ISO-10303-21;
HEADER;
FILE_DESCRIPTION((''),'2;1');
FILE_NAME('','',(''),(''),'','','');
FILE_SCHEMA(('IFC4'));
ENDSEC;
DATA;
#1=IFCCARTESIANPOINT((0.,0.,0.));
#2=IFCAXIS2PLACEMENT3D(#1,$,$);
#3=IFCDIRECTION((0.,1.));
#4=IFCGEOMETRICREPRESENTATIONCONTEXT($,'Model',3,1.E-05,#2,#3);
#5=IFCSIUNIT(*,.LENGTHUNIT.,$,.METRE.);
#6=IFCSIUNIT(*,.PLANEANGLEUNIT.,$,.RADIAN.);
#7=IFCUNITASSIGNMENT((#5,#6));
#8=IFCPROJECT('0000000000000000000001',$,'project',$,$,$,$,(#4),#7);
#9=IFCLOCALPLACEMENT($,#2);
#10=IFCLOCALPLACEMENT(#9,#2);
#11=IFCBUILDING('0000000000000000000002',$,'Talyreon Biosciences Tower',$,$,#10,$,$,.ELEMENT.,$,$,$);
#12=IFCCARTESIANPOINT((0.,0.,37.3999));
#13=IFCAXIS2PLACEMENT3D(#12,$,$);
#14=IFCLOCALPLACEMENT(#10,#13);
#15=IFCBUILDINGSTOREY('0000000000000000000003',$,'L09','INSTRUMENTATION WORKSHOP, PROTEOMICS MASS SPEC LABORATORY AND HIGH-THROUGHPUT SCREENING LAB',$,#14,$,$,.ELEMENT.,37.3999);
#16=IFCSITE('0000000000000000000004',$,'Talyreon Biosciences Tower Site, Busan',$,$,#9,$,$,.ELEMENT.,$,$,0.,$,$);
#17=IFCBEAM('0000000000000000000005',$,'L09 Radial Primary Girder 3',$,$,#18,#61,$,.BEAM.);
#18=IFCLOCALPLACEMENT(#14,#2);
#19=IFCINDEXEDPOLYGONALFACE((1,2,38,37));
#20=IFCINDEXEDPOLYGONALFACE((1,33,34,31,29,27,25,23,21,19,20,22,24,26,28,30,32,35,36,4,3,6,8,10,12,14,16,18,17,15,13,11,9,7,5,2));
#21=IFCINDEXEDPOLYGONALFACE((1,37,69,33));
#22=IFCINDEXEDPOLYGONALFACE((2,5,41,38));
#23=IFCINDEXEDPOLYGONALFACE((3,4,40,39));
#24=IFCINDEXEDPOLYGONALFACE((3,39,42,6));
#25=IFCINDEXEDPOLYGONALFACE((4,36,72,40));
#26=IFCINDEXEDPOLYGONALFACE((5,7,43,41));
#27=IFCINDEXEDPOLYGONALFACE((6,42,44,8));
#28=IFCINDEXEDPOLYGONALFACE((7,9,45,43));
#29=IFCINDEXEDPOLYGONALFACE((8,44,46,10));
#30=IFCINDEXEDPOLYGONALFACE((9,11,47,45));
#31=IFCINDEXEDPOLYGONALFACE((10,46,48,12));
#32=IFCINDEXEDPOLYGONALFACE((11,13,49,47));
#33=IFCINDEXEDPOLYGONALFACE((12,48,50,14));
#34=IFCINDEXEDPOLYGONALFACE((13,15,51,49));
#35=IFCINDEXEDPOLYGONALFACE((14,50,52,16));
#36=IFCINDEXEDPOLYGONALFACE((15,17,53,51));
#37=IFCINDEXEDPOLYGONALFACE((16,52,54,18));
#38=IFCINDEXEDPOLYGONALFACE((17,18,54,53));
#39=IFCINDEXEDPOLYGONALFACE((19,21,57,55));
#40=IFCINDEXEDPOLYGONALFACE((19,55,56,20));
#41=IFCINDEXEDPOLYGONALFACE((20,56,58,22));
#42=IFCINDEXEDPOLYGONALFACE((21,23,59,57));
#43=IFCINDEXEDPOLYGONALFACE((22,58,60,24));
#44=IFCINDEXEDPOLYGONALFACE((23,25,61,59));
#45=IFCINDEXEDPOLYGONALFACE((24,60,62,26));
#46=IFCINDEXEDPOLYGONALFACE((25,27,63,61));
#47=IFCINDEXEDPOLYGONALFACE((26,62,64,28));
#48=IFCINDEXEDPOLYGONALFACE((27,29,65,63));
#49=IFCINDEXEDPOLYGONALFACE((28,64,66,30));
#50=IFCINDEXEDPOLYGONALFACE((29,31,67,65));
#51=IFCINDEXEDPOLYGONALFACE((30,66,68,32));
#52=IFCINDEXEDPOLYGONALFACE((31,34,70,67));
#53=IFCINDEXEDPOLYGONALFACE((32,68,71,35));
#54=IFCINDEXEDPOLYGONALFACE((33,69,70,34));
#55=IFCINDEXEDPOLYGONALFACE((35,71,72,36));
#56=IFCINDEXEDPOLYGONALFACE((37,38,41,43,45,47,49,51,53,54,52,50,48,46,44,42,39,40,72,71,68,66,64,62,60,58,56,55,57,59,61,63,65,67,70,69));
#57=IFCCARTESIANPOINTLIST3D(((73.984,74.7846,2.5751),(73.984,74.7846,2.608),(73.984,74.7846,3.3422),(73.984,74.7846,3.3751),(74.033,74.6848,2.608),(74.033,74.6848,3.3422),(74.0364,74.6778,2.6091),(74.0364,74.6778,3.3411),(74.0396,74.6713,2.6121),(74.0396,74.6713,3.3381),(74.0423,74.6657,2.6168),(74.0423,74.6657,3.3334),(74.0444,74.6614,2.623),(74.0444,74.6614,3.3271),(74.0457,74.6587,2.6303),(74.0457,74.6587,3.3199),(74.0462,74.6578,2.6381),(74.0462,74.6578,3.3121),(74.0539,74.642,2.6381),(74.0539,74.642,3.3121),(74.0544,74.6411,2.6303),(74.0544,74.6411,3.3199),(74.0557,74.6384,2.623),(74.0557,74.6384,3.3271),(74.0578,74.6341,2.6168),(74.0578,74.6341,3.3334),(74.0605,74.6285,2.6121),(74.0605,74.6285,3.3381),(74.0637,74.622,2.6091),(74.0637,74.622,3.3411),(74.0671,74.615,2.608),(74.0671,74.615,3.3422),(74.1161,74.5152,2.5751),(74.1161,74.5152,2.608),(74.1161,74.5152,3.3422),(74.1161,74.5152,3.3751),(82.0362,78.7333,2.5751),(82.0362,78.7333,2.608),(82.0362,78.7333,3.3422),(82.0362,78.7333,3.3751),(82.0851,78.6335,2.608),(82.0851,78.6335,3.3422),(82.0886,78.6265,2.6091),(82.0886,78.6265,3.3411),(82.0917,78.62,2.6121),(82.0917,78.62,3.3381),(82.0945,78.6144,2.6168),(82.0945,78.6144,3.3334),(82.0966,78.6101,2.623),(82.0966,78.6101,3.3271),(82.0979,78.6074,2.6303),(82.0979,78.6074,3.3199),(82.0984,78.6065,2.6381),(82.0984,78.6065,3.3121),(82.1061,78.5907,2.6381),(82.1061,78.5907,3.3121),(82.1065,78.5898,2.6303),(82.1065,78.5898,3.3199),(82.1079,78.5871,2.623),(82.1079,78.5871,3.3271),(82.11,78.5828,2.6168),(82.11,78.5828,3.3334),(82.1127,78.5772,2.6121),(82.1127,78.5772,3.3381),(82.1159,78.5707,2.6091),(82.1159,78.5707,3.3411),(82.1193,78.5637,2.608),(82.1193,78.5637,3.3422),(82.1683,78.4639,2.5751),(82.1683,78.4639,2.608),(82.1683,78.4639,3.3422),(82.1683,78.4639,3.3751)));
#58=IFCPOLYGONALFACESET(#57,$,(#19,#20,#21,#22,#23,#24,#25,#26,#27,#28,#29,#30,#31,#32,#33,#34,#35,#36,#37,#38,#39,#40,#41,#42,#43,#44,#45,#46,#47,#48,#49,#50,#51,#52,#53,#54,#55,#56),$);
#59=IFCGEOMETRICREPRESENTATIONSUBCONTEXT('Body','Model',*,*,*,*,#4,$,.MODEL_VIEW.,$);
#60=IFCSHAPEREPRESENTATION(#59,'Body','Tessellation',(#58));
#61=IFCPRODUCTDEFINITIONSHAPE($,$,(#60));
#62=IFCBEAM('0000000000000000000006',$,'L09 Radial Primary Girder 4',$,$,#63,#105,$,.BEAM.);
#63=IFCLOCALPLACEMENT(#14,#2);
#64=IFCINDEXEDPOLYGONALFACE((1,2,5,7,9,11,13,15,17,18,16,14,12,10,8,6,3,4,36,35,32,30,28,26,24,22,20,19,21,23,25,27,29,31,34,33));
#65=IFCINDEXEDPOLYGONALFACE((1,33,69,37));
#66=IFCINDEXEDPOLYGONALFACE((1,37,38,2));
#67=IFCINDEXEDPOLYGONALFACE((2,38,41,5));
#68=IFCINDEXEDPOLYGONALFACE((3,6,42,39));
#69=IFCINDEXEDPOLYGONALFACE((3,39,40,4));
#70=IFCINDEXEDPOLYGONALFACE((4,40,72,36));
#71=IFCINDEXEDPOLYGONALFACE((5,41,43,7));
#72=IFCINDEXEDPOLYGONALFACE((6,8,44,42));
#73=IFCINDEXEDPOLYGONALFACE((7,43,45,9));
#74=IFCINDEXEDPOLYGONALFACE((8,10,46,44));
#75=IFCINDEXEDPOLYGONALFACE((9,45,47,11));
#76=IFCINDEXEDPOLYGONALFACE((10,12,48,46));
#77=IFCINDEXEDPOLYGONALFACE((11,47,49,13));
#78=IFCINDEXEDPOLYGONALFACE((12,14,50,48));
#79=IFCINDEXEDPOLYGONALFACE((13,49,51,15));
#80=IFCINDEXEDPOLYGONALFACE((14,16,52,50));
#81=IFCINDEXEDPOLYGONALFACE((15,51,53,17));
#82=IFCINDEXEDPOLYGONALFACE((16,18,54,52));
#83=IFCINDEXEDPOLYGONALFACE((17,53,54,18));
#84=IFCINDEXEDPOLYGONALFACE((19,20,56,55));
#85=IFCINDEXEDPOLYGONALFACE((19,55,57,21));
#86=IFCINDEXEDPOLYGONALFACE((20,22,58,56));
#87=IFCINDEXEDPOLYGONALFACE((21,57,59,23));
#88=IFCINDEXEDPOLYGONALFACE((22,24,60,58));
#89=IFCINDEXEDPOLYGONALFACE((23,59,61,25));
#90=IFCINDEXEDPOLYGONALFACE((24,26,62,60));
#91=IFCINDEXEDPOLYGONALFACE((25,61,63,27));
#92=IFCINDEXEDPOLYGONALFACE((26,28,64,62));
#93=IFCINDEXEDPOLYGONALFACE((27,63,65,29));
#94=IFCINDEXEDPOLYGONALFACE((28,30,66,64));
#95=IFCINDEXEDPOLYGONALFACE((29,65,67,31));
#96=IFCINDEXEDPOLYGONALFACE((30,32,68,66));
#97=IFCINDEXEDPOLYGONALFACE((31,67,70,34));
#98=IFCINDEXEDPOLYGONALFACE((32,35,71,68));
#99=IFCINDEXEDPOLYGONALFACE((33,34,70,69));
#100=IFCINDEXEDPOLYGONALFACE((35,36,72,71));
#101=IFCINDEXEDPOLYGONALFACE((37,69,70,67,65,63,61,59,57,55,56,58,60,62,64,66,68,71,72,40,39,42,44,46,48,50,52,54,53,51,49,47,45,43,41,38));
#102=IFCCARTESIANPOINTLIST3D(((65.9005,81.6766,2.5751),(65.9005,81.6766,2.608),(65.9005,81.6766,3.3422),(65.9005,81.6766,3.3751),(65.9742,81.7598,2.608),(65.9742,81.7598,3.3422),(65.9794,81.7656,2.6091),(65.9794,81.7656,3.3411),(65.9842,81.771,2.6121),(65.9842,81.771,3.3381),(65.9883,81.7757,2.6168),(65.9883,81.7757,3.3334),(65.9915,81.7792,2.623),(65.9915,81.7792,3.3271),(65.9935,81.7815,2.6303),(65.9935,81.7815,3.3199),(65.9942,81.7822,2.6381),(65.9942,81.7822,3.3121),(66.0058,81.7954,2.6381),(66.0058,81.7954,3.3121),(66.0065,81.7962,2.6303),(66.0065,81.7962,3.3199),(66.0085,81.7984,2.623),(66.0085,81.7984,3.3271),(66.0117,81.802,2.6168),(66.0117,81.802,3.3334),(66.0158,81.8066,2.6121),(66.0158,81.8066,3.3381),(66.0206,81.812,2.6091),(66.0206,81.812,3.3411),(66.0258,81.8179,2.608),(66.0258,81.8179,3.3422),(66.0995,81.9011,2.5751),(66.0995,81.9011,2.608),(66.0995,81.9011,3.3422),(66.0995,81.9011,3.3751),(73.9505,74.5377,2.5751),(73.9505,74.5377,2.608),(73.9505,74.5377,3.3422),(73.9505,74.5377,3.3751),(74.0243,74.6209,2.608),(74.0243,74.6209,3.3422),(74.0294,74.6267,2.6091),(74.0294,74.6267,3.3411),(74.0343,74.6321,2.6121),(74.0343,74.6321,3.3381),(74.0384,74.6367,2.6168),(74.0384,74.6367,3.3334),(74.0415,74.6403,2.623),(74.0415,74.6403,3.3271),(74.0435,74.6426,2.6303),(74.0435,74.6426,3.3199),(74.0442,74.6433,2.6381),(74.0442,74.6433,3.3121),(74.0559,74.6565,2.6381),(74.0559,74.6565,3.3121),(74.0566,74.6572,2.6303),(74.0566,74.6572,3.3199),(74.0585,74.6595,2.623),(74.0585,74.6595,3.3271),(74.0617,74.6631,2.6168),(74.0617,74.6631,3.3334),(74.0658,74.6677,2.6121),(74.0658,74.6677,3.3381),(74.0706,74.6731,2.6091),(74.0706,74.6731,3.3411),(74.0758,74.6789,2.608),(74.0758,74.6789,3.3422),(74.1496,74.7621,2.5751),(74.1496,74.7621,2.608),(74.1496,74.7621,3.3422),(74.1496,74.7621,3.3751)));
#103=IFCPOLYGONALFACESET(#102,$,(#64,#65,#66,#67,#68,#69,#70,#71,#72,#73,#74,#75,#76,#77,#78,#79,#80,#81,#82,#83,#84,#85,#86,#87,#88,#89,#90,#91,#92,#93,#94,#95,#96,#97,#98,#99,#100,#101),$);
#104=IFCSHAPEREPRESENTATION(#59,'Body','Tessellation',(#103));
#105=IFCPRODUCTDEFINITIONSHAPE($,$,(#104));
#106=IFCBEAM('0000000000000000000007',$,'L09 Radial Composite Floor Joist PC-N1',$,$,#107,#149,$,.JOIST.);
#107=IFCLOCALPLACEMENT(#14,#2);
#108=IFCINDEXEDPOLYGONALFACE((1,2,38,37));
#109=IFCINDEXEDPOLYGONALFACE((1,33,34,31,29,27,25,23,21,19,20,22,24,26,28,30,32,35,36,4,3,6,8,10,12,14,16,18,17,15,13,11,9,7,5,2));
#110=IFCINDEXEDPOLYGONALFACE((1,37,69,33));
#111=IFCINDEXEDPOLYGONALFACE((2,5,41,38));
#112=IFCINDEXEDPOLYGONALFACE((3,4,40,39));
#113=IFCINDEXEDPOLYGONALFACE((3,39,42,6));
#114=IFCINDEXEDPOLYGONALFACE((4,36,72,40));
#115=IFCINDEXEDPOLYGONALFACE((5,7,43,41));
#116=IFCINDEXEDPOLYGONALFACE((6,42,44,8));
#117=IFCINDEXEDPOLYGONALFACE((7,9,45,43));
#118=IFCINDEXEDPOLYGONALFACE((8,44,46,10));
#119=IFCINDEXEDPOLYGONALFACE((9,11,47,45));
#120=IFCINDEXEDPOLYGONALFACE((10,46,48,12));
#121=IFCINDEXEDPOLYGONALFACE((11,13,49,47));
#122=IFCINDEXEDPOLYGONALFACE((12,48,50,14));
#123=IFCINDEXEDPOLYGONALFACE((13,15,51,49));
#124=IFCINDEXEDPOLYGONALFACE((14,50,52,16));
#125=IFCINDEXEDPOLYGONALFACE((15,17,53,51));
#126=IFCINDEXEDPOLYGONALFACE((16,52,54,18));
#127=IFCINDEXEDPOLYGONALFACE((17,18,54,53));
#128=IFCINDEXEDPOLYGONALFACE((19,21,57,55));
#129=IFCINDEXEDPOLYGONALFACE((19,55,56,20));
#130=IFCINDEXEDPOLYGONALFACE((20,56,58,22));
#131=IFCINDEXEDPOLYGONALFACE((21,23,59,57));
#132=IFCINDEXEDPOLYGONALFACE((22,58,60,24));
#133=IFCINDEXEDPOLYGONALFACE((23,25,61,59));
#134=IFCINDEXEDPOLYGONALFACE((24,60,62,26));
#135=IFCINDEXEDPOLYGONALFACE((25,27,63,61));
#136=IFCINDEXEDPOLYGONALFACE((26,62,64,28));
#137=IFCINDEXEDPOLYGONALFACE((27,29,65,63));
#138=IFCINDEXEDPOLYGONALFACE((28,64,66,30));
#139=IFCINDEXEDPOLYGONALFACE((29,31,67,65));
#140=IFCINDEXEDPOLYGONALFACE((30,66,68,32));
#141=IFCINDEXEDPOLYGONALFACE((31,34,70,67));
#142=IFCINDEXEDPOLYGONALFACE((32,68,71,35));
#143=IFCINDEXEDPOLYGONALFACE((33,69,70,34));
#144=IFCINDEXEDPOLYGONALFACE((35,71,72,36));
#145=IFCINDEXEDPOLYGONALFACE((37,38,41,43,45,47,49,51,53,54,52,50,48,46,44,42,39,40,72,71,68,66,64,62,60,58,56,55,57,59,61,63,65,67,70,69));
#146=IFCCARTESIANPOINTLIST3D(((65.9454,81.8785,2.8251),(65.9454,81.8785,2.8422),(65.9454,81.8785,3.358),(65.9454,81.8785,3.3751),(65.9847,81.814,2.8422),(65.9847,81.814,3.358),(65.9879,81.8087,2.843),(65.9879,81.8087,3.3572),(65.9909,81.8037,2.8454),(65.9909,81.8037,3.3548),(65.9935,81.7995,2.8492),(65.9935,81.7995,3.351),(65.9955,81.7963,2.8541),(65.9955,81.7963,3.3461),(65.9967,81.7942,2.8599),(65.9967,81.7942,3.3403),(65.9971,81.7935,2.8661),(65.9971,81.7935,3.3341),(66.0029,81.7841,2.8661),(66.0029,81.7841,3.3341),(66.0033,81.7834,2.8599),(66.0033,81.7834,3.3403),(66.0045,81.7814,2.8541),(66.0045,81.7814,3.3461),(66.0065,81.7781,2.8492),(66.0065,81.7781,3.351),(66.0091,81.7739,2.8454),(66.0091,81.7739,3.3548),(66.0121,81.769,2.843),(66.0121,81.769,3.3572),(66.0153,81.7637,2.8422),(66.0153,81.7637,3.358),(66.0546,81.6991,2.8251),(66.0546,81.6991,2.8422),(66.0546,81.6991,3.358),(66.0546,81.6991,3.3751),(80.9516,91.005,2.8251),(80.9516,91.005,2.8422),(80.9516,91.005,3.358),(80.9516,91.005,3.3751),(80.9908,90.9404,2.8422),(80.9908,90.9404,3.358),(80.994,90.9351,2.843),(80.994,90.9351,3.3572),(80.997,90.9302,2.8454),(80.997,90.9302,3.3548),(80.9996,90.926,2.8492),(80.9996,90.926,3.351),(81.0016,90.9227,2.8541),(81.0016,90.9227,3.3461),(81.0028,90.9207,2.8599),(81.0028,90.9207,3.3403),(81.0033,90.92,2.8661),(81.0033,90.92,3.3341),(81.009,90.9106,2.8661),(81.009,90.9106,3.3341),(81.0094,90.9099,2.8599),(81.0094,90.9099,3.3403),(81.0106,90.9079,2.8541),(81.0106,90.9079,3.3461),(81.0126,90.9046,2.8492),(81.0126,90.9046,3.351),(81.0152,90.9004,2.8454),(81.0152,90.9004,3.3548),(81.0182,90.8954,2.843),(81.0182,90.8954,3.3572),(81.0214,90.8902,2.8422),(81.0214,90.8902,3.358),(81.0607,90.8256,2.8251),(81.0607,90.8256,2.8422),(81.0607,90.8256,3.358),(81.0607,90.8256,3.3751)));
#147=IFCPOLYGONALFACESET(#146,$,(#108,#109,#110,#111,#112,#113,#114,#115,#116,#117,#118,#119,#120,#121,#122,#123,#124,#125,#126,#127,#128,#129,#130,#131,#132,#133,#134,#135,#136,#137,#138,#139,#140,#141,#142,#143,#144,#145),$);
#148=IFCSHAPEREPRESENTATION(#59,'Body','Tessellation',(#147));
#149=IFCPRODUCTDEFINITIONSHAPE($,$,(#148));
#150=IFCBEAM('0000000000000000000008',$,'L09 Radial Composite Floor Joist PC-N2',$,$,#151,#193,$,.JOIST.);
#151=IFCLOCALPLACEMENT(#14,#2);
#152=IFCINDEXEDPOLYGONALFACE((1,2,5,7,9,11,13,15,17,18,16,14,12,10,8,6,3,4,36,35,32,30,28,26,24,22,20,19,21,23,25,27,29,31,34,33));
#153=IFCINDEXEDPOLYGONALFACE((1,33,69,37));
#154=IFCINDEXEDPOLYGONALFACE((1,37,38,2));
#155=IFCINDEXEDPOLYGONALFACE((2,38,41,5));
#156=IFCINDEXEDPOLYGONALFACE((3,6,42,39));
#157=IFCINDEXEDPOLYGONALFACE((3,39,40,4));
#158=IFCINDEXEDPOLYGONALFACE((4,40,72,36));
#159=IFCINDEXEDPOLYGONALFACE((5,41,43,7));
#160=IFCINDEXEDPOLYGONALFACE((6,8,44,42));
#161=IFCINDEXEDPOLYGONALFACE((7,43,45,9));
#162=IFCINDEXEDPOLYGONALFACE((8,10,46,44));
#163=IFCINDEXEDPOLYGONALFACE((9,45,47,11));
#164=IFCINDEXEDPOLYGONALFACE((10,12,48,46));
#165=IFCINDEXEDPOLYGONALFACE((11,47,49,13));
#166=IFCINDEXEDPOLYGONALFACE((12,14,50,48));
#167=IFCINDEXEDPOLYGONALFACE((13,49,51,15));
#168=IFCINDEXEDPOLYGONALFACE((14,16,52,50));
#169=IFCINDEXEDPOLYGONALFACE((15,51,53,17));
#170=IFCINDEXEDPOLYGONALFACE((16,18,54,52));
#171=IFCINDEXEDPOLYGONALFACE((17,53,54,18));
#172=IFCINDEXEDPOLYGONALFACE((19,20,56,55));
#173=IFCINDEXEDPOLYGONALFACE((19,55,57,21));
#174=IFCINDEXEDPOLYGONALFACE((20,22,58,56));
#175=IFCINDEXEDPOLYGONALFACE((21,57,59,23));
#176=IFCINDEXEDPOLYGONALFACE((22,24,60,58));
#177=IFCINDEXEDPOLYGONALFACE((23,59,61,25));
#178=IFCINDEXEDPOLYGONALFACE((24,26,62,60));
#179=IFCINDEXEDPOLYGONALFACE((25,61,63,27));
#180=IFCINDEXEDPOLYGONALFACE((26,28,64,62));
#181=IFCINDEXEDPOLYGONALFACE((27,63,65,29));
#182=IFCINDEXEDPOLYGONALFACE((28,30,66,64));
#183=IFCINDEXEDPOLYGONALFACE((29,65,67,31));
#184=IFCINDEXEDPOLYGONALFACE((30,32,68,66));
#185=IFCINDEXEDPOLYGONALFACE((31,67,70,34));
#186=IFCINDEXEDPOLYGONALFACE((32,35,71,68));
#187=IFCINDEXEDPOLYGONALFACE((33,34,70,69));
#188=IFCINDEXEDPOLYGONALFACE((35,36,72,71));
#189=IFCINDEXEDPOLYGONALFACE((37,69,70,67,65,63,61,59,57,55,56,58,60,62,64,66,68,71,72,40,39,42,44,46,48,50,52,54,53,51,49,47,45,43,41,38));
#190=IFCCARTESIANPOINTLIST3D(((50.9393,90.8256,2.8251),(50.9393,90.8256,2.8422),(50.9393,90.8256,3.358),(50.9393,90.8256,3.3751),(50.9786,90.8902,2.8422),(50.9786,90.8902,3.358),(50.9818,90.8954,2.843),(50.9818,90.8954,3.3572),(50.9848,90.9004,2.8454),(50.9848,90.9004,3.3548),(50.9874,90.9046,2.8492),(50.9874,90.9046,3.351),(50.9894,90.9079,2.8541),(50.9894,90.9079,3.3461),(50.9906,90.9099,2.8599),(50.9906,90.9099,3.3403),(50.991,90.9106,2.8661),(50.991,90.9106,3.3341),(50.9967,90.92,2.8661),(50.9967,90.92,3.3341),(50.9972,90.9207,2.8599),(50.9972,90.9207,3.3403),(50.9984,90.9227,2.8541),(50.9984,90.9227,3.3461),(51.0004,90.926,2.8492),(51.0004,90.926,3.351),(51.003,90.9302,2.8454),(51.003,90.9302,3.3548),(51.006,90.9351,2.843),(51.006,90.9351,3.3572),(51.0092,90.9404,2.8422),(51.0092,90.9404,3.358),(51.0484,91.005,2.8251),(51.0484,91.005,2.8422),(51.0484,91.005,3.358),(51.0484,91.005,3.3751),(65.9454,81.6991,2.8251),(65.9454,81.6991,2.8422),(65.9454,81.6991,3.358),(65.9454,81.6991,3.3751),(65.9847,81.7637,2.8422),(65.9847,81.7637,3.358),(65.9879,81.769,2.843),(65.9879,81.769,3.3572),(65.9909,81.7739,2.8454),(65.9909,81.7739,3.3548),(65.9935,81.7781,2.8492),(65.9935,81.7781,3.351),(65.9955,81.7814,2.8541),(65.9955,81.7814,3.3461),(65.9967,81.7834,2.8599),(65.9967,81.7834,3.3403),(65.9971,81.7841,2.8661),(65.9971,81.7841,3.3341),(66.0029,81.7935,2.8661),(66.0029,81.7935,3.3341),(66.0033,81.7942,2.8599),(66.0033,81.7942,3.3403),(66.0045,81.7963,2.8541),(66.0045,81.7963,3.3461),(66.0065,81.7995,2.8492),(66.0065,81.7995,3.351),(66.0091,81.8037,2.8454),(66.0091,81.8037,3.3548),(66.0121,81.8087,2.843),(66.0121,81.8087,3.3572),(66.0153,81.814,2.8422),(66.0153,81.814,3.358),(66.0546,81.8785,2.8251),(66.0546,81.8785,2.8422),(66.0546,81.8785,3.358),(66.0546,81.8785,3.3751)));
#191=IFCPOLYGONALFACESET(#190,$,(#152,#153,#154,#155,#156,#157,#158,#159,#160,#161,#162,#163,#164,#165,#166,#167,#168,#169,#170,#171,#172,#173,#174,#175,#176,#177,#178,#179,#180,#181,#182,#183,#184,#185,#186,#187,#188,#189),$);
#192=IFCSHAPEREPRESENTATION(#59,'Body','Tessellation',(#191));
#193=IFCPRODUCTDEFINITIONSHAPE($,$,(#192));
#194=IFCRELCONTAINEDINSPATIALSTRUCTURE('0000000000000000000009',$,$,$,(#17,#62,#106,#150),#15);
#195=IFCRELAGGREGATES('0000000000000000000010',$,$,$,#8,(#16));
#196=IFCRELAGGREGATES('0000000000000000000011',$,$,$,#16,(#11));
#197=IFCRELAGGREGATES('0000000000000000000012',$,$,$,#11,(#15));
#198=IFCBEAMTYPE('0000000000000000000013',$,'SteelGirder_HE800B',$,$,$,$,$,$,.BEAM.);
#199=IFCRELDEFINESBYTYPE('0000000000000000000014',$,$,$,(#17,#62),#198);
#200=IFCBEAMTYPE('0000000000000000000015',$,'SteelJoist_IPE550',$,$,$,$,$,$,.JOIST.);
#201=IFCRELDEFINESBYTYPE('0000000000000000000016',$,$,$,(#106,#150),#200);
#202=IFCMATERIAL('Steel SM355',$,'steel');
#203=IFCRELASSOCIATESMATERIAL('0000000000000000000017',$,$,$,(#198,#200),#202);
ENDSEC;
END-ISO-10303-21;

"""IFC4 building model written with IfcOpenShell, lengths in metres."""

from ifc_helpers import new_model, si_unit, direction, frame, origin, origin_2d, place, context, subcontext, project, spatial, i_section, extrude, material, material_profile, profile_set, type_object, element, save


model = new_model("IFC4")

# Units and contexts
model_context = context("Model", 3, precision=1e-05, world=origin(), true_north=direction((0.0, 1.0)))
body_context = subcontext(model_context, "Body", "Model", "MODEL_VIEW")
ifc_project = project(units=[si_unit("LENGTHUNIT", "METRE"), si_unit("PLANEANGLEUNIT", "RADIAN")], contexts=[model_context])

# Site, building, storey
site_placement = place(None, origin())
site = spatial("IfcSite", under=ifc_project, at=site_placement, Name="Talyreon Biosciences Tower Site, Busan", CompositionType="ELEMENT", RefElevation=0.0)
building_placement = place(site_placement, origin())
building = spatial("IfcBuilding", under=site, at=building_placement, Name="Talyreon Biosciences Tower", CompositionType="ELEMENT")
storey_placement = place(building_placement, frame((0.0, 0.0, 37.3999)))
storey = spatial("IfcBuildingStorey", under=building, at=storey_placement, Name="L09", Description="INSTRUMENTATION WORKSHOP, PROTEOMICS MASS SPEC LABORATORY AND HIGH-THROUGHPUT SCREENING LAB", CompositionType="ELEMENT", Elevation=37.3999)

# Beams
ifc_material_1 = material(Name="Steel SM355", Category="steel")
ifc_material_profile_1 = material_profile(ifc_material_1, i_section(OverallWidth=0.3, OverallDepth=0.8, WebThickness=0.0176, FlangeThickness=0.033, FilletRadius=0.03, at=origin_2d()), Name="HE800B")
ifc_profile_set_1 = profile_set([ifc_material_profile_1], Name="Steel SM355")
beam_type_1 = type_object("IfcBeamType", Name="SteelGirder_HE800B", PredefinedType="BEAM", material=ifc_profile_set_1)
beam_1_placement = place(storey_placement, frame((74.05, 74.6499, 2.9751), z_axis=(0.897852, 0.440297, 0.0), x_axis=(-0.440297, 0.897852, 0.0)))
element("IfcBeam", 1, at=beam_1_placement, inside=storey, type_object=beam_type_1, Name="L09 Radial Primary Girder 3", PredefinedType="BEAM", context=body_context, shape_type="SweptSolid", body=[
    extrude(i_section(OverallWidth=0.3, OverallDepth=0.8, WebThickness=0.0176, FlangeThickness=0.033, FilletRadius=0.03, at=origin_2d()), origin(), (0.0, 0.0, 1.0), 8.9683),
])
beam_2_placement = place(storey_placement, frame((74.05, 74.6499, 2.9751), z_axis=(-0.748179, 0.663497, 0.0), x_axis=(-0.663497, -0.748179, 0.0)))
element("IfcBeam", 2, at=beam_2_placement, inside=storey, type_object=beam_type_1, Name="L09 Radial Primary Girder 4", PredefinedType="BEAM", context=body_context, shape_type="SweptSolid", body=[
    extrude(i_section(OverallWidth=0.3, OverallDepth=0.8, WebThickness=0.0176, FlangeThickness=0.033, FilletRadius=0.03, at=origin_2d()), origin(), (0.0, 0.0, 1.0), 10.7595),
])
ifc_material_profile_2 = material_profile(ifc_material_1, i_section(OverallWidth=0.21, OverallDepth=0.55, WebThickness=0.011, FlangeThickness=0.0171, FilletRadius=0.0239, at=origin_2d()), Name="IPE550")
ifc_profile_set_2 = profile_set([ifc_material_profile_2], Name="Steel SM355")
beam_type_2 = type_object("IfcBeamType", Name="SteelJoist_IPE550", PredefinedType="JOIST", material=ifc_profile_set_2)
for number, where, z_axis, x_axis, name in (
    (3, (66.0, 81.7888, 3.1001), (0.854393, 0.519628, 0.0), (-0.519628, 0.854393, 0.0), "L09 Radial Composite Floor Joist PC-N1"),
    (4, (66.0, 81.7888, 3.1001), (-0.854393, 0.519628, 0.0), (-0.519628, -0.854393, 0.0), "L09 Radial Composite Floor Joist PC-N2"),
):
    element("IfcBeam", number, at=place(storey_placement, frame(where, z_axis=z_axis, x_axis=x_axis)), inside=storey, type_object=beam_type_2, Name=name, PredefinedType="JOIST", context=body_context, shape_type="SweptSolid", body=[
        extrude(i_section(OverallWidth=0.21, OverallDepth=0.55, WebThickness=0.011, FlangeThickness=0.0171, FilletRadius=0.0239, at=origin_2d()), origin(), (0.0, 0.0, 1.0), 17.5635),
    ])

save(model, "model.ifc")
